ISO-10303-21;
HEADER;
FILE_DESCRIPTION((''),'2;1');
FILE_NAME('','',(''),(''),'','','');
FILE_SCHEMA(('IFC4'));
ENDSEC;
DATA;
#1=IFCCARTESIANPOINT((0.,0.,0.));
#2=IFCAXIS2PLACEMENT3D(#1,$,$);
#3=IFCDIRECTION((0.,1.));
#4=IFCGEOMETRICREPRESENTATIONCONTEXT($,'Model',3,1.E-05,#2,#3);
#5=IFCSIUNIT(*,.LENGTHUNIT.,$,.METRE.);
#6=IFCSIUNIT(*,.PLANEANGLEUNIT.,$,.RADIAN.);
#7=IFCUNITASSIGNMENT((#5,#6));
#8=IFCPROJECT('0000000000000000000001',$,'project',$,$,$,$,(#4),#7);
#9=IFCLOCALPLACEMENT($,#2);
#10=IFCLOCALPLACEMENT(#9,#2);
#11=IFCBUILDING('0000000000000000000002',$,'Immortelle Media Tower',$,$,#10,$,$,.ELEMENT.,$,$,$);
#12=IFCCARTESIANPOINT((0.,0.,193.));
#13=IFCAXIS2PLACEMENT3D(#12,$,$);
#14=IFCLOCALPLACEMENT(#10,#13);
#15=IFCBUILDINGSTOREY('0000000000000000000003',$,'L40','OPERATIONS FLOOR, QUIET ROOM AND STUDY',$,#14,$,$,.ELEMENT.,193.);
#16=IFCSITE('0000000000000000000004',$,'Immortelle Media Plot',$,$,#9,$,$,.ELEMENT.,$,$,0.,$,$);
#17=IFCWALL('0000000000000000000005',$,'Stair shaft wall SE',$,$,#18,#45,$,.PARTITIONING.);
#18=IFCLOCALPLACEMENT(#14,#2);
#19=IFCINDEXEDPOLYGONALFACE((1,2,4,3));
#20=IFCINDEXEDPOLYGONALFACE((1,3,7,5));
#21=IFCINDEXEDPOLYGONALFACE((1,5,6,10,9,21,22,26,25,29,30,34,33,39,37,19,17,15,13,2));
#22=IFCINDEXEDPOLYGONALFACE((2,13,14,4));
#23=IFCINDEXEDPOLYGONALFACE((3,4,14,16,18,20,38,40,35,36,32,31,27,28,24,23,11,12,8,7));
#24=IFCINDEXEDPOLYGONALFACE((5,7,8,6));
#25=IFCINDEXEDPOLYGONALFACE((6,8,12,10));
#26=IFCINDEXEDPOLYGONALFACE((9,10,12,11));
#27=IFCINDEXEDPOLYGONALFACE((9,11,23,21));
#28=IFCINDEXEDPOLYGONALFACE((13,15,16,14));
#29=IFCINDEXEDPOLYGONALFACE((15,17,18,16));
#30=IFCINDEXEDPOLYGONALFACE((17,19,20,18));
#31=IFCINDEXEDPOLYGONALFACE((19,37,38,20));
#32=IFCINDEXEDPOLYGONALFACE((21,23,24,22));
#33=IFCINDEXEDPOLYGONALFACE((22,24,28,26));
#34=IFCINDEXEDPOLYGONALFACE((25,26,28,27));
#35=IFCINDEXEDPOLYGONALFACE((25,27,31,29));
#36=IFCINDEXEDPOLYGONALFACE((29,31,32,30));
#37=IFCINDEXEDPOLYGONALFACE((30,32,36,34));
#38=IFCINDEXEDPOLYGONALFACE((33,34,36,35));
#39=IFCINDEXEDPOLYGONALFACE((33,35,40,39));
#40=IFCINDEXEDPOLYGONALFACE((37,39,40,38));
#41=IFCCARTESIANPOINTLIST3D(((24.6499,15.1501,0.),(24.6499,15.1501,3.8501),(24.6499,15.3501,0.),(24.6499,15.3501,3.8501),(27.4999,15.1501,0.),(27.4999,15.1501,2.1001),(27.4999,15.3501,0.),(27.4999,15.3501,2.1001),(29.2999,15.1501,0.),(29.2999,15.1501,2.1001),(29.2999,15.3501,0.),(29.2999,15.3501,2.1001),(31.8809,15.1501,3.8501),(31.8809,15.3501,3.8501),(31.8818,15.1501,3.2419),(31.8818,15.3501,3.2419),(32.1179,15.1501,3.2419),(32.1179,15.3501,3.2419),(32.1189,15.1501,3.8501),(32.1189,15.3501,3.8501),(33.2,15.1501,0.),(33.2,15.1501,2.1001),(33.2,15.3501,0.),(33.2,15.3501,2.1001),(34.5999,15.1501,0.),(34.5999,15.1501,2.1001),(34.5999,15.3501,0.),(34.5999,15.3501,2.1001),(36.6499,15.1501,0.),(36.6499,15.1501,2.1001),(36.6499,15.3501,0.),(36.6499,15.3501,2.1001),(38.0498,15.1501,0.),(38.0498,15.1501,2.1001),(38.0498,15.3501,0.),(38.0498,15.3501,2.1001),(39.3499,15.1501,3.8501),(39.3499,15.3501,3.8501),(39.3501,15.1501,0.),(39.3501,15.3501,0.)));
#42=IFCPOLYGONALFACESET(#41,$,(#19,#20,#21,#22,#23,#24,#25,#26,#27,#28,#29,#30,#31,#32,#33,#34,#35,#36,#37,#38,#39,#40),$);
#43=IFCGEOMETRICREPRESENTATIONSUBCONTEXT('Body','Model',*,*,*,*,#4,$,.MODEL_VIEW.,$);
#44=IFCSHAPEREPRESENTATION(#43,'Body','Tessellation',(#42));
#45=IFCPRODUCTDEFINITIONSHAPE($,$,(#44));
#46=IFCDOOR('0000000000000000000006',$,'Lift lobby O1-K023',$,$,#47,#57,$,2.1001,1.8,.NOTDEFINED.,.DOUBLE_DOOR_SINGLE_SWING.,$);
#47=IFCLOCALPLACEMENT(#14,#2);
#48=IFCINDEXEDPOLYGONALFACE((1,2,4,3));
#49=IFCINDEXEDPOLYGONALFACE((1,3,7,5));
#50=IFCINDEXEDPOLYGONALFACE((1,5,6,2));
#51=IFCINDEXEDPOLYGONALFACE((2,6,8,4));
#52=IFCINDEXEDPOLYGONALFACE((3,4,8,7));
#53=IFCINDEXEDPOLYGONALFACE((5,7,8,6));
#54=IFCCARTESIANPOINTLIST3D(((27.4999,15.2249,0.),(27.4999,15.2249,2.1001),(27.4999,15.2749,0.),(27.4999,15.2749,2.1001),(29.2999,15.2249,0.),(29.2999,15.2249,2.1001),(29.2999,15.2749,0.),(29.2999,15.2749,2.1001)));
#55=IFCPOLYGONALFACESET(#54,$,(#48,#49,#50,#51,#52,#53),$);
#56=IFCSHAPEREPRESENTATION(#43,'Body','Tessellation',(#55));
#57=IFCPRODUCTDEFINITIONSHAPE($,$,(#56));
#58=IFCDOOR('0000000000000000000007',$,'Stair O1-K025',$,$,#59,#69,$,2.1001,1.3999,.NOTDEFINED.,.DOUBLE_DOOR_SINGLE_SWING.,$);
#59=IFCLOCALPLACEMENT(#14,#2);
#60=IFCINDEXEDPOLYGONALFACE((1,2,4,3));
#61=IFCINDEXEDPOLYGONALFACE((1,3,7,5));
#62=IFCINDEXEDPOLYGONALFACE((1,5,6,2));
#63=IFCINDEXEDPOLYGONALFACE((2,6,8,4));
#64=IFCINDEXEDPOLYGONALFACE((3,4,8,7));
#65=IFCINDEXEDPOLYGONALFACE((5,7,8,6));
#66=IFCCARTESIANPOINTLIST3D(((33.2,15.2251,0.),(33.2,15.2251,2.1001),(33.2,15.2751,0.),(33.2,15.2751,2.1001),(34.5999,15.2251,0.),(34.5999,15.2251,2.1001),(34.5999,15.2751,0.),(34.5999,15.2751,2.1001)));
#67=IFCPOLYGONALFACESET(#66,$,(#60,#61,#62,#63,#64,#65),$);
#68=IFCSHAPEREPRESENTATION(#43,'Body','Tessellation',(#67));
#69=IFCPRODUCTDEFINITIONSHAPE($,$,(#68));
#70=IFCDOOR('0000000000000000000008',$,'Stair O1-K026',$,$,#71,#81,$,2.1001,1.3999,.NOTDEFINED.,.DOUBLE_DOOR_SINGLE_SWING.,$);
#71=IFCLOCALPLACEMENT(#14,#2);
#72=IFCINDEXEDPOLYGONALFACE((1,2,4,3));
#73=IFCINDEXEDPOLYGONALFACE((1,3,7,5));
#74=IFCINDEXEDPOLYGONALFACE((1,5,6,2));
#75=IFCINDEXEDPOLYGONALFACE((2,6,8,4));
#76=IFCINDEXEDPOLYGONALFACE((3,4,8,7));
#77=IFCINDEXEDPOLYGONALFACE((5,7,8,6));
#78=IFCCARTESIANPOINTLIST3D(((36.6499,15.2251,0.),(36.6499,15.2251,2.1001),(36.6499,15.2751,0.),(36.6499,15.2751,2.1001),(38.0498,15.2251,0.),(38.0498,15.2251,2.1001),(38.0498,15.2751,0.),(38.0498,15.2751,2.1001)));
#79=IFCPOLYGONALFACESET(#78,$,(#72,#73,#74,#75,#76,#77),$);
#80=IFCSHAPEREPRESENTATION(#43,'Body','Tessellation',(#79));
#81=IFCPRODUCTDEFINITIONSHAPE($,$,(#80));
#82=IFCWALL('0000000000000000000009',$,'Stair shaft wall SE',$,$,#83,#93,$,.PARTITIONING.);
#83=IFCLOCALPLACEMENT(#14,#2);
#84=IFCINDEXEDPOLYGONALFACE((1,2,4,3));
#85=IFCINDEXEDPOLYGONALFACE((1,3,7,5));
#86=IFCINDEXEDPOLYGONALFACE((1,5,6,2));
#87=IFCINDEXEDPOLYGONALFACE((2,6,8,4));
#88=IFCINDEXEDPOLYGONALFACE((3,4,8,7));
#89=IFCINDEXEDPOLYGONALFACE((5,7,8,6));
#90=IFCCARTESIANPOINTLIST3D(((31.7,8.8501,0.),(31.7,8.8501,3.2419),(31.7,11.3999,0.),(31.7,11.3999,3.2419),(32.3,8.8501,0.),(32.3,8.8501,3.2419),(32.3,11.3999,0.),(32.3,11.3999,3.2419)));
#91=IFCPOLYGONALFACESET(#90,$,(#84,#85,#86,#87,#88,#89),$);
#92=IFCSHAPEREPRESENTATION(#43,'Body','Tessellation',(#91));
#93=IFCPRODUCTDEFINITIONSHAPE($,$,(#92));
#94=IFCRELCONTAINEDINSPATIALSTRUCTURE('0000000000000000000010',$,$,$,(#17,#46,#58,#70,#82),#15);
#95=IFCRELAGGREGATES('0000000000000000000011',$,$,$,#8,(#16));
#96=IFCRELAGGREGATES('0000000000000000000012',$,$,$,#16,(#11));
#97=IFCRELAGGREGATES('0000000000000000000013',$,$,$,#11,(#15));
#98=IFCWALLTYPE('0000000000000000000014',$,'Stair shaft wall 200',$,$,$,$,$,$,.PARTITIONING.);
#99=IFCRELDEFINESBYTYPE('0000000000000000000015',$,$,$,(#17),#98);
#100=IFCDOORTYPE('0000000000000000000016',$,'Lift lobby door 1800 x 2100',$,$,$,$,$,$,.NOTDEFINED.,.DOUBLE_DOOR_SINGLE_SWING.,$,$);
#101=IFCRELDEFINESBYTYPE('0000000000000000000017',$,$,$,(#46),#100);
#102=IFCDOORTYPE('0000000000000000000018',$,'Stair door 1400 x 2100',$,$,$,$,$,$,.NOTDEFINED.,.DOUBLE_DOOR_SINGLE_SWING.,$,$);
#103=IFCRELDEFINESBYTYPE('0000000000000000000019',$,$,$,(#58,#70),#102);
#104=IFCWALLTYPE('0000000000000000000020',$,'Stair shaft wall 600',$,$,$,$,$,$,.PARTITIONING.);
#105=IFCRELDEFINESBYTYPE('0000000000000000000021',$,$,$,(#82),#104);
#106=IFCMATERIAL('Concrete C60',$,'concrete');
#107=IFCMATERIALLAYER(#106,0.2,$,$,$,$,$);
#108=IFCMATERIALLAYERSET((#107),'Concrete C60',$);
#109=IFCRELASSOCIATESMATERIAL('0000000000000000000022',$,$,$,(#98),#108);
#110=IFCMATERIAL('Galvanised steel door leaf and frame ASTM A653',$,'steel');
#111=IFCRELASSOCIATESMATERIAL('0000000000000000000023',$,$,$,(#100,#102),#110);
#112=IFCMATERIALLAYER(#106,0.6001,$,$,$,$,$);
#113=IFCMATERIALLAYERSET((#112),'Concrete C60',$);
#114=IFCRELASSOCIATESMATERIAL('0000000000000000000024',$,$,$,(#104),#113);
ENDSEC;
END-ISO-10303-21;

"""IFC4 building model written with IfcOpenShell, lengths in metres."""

from ifc_helpers import new_model, si_unit, direction, frame, frame_2d, origin, place, context, subcontext, project, spatial, polyline, rectangle, outline, extrude, material, layer, layer_set, type_object, element, fill, save


model = new_model("IFC4")

# Units and contexts
model_context = context("Model", 3, precision=1e-05, world=origin(), true_north=direction((0.0, 1.0)))
body_context = subcontext(model_context, "Body", "Model", "MODEL_VIEW")
ifc_project = project(units=[si_unit("LENGTHUNIT", "METRE"), si_unit("PLANEANGLEUNIT", "RADIAN")], contexts=[model_context])

# Site, building, storey
site_placement = place(None, origin())
site = spatial("IfcSite", under=ifc_project, at=site_placement, Name="Immortelle Media Plot", CompositionType="ELEMENT", RefElevation=0.0)
building_placement = place(site_placement, origin())
building = spatial("IfcBuilding", under=site, at=building_placement, Name="Immortelle Media Tower", CompositionType="ELEMENT")
storey_placement = place(building_placement, frame((0.0, 0.0, 193.0)))
storey = spatial("IfcBuildingStorey", under=building, at=storey_placement, Name="L40", Description="OPERATIONS FLOOR, QUIET ROOM AND STUDY", CompositionType="ELEMENT", Elevation=193.0)

# Shared definitions
ifc_material_1 = material(Name="Galvanised steel door leaf and frame ASTM A653", Category="steel")

# Wall, openings, doors
ifc_material_2 = material(Name="Concrete C60", Category="concrete")
ifc_layer_1 = layer(ifc_material_2, 0.2)
ifc_layer_set_1 = layer_set([ifc_layer_1], Name="Concrete C60")
wall_type_1 = type_object("IfcWallType", Name="Stair shaft wall 200", PredefinedType="PARTITIONING", material=ifc_layer_set_1)
wall_1_placement = place(storey_placement, frame((24.6499, 15.25, 0.0), z_axis=(0.0, 0.0, 1.0), x_axis=(1.0, 0.0, 0.0)))
wall_1 = element("IfcWall", 1, at=wall_1_placement, inside=storey, type_object=wall_type_1, Name="Stair shaft wall SE", PredefinedType="PARTITIONING", context=body_context, shape_type="SweptSolid", body=[
    extrude(outline(polyline([(0.0, 0.0), (14.7002, 0.0), (14.7, 3.8501), (7.469, 3.8501), (7.468, 3.2419), (7.2319, 3.2419), (7.231, 3.8501), (0.0, 3.8501), (0.0, 0.0)])), frame((0.0, 0.1001, 0.0), z_axis=(0.0, -1.0, 0.0), x_axis=(1.0, 0.0, 0.0)), (0.0, 0.0, 1.0), 0.2),
])
opening_1_placement = place(wall_1_placement, frame((2.8501, 0.0, 0.0)))
opening_1 = element("IfcOpeningElement", 2, at=opening_1_placement, cuts=wall_1, PredefinedType="OPENING", context=body_context, shape_type="SweptSolid", body=[
    extrude(rectangle(XDim=1.8, YDim=2.1001, at=frame_2d((0.8999, 1.05))), frame((0.0, 0.1099, 0.0), z_axis=(0.0, -1.0, 0.0), x_axis=(1.0, 0.0, 0.0)), (0.0, 0.0, 1.0), 0.22),
])
opening_2_placement = place(wall_1_placement, frame((9.95, 0.0, 0.0), z_axis=(0.0, 0.0, 1.0), x_axis=(-1.0, 0.0, 0.0)))
opening_2 = element("IfcOpeningElement", 3, at=opening_2_placement, cuts=wall_1, PredefinedType="OPENING", context=body_context, shape_type="SweptSolid", body=[
    extrude(rectangle(XDim=1.3999, YDim=2.1001, at=frame_2d((0.7, 1.05))), frame((0.0, 0.1099, 0.0), z_axis=(0.0, -1.0, 0.0), x_axis=(1.0, 0.0, 0.0)), (0.0, 0.0, 1.0), 0.22),
])
opening_3_placement = place(wall_1_placement, frame((13.3999, 0.0, 0.0), z_axis=(0.0, 0.0, 1.0), x_axis=(-1.0, 0.0, 0.0)))
opening_3 = element("IfcOpeningElement", 4, at=opening_3_placement, cuts=wall_1, PredefinedType="OPENING", context=body_context, shape_type="SweptSolid", body=[
    extrude(rectangle(XDim=1.3999, YDim=2.1001, at=frame_2d((0.7, 1.05))), frame((0.0, 0.1099, 0.0), z_axis=(0.0, -1.0, 0.0), x_axis=(1.0, 0.0, 0.0)), (0.0, 0.0, 1.0), 0.22),
])
door_type_1 = type_object("IfcDoorType", Name="Lift lobby door 1800 x 2100", OperationType="DOUBLE_DOOR_SINGLE_SWING", PredefinedType="NOTDEFINED", material=ifc_material_1)
door_1_placement = place(opening_1_placement, origin())
door_1 = element("IfcDoor", 5, at=door_1_placement, inside=storey, type_object=door_type_1, Name="Lift lobby O1-K023", OperationType="DOUBLE_DOOR_SINGLE_SWING", OverallHeight=2.1001, OverallWidth=1.8, PredefinedType="NOTDEFINED", context=body_context, shape_type="SweptSolid", body=[
    extrude(rectangle(XDim=1.8, YDim=2.1001, at=frame_2d((0.8999, 1.05))), frame((0.0, 0.0249, 0.0), z_axis=(0.0, -1.0, 0.0), x_axis=(1.0, 0.0, 0.0)), (0.0, 0.0, 1.0), 0.05),
])
fill(opening_1, door_1)
door_type_2 = type_object("IfcDoorType", Name="Stair door 1400 x 2100", OperationType="DOUBLE_DOOR_SINGLE_SWING", PredefinedType="NOTDEFINED", material=ifc_material_1)
door_2_placement = place(opening_2_placement, origin())
door_2 = element("IfcDoor", 6, at=door_2_placement, inside=storey, type_object=door_type_2, Name="Stair O1-K025", OperationType="DOUBLE_DOOR_SINGLE_SWING", OverallHeight=2.1001, OverallWidth=1.3999, PredefinedType="NOTDEFINED", context=body_context, shape_type="SweptSolid", body=[
    extrude(rectangle(XDim=1.3999, YDim=2.1001, at=frame_2d((0.7, 1.05))), frame((0.0, 0.0249, 0.0), z_axis=(0.0, -1.0, 0.0), x_axis=(1.0, 0.0, 0.0)), (0.0, 0.0, 1.0), 0.05),
])
fill(opening_2, door_2)
door_3_placement = place(opening_3_placement, origin())
door_3 = element("IfcDoor", 7, at=door_3_placement, inside=storey, type_object=door_type_2, Name="Stair O1-K026", OperationType="DOUBLE_DOOR_SINGLE_SWING", OverallHeight=2.1001, OverallWidth=1.3999, PredefinedType="NOTDEFINED", context=body_context, shape_type="SweptSolid", body=[
    extrude(rectangle(XDim=1.3999, YDim=2.1001, at=frame_2d((0.7, 1.05))), frame((0.0, 0.0249, 0.0), z_axis=(0.0, -1.0, 0.0), x_axis=(1.0, 0.0, 0.0)), (0.0, 0.0, 1.0), 0.05),
])
fill(opening_3, door_3)

# Wall
ifc_layer_2 = layer(ifc_material_2, 0.6001)
ifc_layer_set_2 = layer_set([ifc_layer_2], Name="Concrete C60")
wall_type_2 = type_object("IfcWallType", Name="Stair shaft wall 600", PredefinedType="PARTITIONING", material=ifc_layer_set_2)
wall_2_placement = place(storey_placement, frame((32.0, 8.8501, 0.0), z_axis=(0.0, 0.0, 1.0), x_axis=(0.0, 1.0, 0.0)))
element("IfcWall", 8, at=wall_2_placement, inside=storey, type_object=wall_type_2, Name="Stair shaft wall SE", PredefinedType="PARTITIONING", context=body_context, shape_type="SweptSolid", body=[
    extrude(rectangle(XDim=2.5498, YDim=0.6001, at=frame_2d((1.2749, 0.0))), origin(), (0.0, 0.0, 1.0), 3.2419),
])

save(model, "model.ifc")
